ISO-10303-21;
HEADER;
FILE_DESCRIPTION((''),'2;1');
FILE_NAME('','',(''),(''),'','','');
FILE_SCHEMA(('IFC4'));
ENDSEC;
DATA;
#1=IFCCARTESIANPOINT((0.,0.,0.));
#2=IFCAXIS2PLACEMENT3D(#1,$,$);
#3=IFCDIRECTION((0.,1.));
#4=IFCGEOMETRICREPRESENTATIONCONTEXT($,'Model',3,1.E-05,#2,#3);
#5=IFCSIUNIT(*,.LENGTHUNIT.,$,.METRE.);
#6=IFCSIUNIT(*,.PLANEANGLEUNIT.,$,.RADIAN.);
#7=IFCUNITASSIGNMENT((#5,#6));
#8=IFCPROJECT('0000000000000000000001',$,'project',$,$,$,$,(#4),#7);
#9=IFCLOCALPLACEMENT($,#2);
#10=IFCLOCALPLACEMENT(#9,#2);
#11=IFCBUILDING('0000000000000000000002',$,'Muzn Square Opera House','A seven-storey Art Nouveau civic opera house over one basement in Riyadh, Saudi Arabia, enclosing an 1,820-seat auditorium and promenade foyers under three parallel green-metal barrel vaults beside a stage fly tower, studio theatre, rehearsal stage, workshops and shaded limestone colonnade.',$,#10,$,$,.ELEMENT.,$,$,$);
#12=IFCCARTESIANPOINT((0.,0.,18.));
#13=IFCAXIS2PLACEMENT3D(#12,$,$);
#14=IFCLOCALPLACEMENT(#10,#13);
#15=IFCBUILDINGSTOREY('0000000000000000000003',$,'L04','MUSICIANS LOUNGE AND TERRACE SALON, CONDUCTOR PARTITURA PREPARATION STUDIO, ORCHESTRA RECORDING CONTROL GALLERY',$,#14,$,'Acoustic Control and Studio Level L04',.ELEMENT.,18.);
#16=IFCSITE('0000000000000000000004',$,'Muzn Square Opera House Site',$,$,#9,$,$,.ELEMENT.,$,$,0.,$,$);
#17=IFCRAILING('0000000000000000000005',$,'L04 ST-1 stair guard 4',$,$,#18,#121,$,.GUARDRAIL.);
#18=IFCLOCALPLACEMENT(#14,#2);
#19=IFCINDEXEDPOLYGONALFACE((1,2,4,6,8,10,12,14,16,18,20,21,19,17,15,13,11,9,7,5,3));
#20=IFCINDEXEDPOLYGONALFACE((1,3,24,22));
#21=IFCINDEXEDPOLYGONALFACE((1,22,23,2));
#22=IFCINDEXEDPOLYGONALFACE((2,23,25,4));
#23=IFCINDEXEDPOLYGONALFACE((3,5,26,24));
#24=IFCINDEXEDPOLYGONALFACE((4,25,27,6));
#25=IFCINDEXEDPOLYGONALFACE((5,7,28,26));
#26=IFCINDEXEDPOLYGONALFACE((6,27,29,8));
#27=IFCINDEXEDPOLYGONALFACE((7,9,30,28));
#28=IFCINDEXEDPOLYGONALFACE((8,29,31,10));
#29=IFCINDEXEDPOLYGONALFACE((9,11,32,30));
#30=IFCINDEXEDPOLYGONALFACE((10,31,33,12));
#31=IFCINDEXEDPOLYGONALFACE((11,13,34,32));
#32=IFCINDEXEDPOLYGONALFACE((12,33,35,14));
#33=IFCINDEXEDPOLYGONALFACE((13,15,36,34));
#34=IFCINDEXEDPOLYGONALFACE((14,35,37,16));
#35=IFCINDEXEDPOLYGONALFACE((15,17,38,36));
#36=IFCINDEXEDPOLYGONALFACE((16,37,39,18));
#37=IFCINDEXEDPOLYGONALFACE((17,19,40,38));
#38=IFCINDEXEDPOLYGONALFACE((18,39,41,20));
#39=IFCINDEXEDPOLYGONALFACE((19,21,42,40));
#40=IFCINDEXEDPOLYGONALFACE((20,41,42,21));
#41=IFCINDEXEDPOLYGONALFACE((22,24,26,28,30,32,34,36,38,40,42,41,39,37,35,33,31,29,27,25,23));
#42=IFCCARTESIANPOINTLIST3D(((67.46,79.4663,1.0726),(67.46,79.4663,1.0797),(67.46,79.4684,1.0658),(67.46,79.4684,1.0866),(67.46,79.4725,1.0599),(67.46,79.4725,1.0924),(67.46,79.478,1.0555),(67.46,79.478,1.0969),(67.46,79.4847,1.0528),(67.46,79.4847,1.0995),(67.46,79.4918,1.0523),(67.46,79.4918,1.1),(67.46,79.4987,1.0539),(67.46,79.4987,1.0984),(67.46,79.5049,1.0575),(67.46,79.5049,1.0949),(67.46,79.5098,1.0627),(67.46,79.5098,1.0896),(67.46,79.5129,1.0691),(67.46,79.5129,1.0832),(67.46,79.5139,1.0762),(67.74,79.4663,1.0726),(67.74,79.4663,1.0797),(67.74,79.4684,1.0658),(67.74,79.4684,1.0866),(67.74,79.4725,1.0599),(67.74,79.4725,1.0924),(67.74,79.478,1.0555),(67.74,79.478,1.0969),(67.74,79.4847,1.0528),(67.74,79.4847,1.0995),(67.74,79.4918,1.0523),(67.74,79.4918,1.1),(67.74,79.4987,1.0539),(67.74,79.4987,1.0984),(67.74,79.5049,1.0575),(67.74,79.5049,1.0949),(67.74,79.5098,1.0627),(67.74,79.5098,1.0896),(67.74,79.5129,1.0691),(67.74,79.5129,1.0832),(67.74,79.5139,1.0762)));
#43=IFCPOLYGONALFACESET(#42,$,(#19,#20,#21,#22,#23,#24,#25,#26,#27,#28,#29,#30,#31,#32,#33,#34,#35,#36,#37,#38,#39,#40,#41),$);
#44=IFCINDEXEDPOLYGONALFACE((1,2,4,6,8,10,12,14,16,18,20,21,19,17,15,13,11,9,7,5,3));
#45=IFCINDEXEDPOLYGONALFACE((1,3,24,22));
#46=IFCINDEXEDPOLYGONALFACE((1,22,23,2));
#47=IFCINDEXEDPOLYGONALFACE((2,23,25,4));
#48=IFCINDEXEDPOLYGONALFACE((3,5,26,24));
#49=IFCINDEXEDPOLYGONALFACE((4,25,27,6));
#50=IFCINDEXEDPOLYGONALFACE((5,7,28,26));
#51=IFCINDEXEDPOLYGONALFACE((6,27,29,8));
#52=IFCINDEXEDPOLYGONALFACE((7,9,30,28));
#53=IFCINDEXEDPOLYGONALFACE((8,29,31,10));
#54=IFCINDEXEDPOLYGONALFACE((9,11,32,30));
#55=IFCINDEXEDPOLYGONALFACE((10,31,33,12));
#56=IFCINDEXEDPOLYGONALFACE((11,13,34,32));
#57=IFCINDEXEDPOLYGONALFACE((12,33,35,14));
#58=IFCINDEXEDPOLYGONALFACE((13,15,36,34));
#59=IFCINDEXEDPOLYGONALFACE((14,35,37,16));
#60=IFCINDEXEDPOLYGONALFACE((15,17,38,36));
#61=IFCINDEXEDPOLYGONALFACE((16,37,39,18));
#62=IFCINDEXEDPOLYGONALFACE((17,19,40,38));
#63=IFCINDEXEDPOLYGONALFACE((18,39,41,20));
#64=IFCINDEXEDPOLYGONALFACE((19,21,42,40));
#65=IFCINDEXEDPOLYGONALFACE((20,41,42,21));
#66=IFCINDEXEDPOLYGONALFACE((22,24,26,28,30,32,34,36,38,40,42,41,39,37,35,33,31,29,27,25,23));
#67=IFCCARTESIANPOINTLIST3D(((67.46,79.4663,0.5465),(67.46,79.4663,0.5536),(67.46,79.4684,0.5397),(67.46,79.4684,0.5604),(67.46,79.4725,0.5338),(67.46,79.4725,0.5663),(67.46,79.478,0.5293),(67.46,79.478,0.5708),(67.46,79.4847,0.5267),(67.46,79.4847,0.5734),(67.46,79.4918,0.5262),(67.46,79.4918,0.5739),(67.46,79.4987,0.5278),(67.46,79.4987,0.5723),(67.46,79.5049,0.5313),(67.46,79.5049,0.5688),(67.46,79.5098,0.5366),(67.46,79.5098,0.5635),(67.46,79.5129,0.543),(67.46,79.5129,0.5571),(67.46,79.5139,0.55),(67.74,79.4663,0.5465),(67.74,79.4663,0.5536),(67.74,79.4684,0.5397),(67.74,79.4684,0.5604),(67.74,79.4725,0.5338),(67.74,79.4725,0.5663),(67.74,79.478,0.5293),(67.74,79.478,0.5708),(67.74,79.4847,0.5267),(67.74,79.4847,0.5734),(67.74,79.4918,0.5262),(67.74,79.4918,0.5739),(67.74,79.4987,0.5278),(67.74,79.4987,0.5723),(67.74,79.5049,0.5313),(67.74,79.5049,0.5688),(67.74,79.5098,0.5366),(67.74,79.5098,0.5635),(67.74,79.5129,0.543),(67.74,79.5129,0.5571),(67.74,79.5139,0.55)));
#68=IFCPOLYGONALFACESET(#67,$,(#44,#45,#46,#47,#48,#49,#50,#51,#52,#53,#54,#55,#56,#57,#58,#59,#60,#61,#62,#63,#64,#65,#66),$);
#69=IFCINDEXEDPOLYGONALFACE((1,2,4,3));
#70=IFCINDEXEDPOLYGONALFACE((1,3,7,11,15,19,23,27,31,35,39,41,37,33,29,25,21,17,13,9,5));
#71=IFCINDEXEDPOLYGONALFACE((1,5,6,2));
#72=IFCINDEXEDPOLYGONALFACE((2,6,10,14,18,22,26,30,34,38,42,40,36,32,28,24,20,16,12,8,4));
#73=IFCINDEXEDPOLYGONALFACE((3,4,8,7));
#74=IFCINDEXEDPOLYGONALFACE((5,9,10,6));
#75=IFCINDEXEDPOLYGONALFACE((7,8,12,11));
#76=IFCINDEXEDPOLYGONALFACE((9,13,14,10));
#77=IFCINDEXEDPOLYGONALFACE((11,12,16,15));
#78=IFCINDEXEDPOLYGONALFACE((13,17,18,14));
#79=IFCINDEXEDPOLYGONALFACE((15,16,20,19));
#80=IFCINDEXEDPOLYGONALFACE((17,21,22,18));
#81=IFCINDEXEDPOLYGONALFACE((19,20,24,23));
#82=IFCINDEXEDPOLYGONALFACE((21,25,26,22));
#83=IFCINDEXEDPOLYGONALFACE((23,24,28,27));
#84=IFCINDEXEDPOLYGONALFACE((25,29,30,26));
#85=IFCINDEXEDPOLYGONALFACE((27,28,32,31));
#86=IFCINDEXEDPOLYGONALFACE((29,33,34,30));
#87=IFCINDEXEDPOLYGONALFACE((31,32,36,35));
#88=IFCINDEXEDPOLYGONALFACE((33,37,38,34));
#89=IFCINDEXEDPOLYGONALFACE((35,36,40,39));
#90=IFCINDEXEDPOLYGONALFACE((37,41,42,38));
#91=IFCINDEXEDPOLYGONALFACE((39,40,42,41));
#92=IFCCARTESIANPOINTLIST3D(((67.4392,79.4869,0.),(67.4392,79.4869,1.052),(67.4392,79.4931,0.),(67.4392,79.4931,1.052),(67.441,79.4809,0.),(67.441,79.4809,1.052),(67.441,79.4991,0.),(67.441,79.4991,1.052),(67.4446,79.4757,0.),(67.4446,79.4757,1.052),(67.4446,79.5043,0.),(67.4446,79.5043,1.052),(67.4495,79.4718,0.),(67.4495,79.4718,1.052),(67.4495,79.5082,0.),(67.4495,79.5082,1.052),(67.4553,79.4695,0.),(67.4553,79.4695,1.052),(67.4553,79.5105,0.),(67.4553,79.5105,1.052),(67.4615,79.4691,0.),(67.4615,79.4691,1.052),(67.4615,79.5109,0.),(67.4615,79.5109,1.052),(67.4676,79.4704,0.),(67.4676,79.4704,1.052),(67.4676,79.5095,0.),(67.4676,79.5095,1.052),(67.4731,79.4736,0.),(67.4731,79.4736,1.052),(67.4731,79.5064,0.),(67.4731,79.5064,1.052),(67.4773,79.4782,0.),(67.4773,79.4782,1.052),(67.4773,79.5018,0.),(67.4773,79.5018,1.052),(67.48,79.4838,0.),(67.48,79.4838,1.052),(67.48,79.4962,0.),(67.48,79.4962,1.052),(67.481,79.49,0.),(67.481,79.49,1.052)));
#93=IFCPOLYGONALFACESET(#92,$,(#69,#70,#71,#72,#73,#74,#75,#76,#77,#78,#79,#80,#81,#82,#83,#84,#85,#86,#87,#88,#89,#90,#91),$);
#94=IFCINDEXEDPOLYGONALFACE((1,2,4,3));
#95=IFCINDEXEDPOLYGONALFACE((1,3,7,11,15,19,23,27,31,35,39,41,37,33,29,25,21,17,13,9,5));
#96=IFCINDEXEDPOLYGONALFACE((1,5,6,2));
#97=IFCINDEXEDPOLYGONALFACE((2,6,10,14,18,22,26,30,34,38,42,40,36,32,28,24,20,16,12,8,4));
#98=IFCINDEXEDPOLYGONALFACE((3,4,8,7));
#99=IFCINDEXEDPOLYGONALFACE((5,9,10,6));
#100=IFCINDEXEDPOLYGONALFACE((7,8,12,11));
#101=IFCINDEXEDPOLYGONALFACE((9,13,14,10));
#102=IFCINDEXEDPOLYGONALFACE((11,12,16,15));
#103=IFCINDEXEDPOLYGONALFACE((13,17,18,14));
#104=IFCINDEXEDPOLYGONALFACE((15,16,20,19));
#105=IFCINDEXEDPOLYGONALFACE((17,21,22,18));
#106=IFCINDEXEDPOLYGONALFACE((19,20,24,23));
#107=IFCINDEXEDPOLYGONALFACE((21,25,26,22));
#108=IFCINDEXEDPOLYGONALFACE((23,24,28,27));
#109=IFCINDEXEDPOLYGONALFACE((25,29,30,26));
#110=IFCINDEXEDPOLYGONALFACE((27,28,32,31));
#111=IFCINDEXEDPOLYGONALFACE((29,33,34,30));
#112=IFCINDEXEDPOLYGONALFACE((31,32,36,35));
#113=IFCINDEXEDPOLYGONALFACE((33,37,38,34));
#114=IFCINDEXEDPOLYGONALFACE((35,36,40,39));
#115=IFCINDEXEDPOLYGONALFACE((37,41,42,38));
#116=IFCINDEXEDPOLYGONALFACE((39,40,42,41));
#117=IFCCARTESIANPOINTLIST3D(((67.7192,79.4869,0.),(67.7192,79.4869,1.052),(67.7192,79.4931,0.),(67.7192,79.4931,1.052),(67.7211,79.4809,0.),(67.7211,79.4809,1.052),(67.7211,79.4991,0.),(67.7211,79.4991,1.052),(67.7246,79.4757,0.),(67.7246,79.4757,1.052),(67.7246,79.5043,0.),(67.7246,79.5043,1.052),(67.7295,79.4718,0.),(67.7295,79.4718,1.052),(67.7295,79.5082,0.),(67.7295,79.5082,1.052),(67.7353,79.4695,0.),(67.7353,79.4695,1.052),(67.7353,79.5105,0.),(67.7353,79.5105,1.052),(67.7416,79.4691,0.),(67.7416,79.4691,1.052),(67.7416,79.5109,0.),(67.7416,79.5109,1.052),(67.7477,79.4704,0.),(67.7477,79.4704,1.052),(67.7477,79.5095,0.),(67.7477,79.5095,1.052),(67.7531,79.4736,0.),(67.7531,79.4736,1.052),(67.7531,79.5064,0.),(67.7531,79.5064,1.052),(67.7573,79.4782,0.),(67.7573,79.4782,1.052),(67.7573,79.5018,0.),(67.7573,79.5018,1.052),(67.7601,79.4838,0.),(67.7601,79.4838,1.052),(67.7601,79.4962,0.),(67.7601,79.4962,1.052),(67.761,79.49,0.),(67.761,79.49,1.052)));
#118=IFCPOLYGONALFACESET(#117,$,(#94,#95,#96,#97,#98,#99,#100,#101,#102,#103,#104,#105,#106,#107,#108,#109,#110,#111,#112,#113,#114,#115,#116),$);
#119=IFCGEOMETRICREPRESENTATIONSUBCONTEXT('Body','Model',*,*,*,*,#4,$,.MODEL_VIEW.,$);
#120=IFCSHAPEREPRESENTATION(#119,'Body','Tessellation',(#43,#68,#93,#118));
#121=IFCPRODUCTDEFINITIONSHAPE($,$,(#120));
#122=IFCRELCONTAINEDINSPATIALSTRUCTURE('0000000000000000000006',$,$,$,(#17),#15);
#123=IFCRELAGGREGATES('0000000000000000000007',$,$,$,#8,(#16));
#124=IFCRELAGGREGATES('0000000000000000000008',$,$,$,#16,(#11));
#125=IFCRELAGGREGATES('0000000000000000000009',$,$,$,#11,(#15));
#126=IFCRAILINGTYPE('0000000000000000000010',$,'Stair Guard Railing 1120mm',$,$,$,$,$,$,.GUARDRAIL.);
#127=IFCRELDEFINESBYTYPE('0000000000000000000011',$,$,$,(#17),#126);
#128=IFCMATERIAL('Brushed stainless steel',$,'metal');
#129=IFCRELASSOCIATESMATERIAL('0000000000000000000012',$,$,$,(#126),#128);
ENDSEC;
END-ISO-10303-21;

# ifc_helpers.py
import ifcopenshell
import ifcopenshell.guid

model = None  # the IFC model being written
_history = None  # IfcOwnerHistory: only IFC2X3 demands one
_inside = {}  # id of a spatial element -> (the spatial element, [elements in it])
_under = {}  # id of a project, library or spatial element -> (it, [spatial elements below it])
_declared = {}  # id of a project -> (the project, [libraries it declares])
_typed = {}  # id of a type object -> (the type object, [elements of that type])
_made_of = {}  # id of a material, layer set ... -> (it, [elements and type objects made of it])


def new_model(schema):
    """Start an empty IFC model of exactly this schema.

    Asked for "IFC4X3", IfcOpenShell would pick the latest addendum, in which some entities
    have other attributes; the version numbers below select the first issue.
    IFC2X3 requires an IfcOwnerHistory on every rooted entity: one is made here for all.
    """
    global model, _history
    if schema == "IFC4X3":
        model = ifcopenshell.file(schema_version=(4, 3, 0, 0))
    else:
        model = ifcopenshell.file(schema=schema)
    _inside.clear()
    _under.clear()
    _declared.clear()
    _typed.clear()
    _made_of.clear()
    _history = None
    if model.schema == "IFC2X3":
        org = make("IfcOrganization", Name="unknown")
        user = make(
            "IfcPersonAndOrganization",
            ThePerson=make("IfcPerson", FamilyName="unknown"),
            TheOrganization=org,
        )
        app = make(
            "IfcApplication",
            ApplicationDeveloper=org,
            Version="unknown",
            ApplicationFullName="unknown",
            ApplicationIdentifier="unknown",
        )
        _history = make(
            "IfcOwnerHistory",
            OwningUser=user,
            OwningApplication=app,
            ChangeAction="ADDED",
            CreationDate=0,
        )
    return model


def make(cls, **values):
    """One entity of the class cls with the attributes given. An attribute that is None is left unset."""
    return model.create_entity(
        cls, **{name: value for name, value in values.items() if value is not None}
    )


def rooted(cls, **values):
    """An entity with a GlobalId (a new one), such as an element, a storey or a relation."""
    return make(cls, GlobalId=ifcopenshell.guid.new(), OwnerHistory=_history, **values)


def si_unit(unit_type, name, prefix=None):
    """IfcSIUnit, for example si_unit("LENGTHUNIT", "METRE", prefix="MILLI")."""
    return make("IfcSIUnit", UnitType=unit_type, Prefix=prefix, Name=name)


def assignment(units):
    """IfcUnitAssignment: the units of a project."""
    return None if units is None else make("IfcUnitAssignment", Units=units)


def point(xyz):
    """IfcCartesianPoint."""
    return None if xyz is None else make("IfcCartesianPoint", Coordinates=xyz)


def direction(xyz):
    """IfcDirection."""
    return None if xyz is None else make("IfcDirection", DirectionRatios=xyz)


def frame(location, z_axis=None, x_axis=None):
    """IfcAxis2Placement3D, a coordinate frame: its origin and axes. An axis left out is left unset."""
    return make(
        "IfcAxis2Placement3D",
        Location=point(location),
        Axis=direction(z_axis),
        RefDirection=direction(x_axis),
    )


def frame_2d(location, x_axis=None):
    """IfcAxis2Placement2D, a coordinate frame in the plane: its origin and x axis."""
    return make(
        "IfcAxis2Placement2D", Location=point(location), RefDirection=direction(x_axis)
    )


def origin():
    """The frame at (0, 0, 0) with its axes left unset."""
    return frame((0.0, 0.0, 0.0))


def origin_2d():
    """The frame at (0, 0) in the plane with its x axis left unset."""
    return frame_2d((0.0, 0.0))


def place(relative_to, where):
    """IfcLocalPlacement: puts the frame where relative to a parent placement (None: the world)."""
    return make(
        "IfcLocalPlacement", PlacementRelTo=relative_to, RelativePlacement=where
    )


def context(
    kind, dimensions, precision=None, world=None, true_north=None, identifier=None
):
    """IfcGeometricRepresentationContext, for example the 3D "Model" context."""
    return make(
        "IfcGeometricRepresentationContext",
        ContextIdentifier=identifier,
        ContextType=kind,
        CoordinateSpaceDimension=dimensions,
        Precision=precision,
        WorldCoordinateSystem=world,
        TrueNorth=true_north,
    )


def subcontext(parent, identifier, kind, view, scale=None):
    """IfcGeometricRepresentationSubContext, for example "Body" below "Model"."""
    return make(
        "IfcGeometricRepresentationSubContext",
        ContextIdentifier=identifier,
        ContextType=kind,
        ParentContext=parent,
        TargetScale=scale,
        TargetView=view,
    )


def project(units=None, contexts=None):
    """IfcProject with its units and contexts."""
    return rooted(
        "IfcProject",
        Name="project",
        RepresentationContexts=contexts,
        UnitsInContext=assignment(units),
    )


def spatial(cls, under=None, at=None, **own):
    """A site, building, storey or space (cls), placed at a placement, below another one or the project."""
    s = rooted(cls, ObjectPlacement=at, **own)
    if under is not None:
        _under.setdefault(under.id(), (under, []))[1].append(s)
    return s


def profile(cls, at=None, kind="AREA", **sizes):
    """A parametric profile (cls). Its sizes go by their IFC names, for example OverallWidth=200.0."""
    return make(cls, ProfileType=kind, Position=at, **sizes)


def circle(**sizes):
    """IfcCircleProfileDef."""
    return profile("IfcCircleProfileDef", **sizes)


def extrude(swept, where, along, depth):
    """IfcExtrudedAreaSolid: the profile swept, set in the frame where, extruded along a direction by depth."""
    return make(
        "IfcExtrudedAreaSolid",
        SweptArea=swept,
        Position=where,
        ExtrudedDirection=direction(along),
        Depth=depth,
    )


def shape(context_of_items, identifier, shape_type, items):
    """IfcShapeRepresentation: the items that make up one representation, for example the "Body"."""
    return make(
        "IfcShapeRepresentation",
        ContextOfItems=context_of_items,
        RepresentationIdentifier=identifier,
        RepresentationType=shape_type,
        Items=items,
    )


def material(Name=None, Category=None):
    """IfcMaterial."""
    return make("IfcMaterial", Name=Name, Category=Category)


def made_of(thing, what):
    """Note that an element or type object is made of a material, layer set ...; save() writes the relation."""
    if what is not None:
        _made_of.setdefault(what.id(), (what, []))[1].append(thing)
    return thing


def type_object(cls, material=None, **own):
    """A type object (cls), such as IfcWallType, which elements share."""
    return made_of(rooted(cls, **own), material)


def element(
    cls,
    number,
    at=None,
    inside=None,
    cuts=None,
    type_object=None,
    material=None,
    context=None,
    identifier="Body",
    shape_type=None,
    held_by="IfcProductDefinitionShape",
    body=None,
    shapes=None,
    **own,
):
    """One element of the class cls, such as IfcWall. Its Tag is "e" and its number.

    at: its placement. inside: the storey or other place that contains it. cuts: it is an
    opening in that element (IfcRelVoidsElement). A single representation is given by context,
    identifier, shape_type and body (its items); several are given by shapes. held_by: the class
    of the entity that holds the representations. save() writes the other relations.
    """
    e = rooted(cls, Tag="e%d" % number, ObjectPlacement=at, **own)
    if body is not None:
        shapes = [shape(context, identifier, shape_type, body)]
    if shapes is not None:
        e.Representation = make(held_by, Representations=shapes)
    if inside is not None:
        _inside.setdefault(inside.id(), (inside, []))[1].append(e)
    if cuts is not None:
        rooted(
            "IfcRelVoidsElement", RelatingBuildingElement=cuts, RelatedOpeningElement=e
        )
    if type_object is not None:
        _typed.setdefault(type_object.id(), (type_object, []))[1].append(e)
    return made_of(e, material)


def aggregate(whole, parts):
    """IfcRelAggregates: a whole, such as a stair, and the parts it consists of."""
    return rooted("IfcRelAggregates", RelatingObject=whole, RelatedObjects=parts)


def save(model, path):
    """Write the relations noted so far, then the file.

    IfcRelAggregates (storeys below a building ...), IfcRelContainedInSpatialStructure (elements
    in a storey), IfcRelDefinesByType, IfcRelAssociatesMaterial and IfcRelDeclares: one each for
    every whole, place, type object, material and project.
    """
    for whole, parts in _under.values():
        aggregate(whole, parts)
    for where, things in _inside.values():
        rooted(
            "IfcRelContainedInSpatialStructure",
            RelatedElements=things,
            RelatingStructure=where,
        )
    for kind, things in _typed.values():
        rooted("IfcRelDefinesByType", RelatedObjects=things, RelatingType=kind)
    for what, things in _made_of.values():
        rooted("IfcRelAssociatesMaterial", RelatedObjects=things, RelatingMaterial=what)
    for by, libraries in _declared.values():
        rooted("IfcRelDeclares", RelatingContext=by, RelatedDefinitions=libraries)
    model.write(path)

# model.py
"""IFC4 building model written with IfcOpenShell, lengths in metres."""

from ifc_helpers import new_model, si_unit, direction, frame, origin, origin_2d, place, context, subcontext, project, spatial, circle, extrude, material, type_object, element, save


model = new_model("IFC4")

# Units and contexts
model_context = context("Model", 3, precision=1e-05, world=origin(), true_north=direction((0.0, 1.0)))
body_context = subcontext(model_context, "Body", "Model", "MODEL_VIEW")
ifc_project = project(units=[si_unit("LENGTHUNIT", "METRE"), si_unit("PLANEANGLEUNIT", "RADIAN")], contexts=[model_context])

# Site, building, storey
site_placement = place(None, origin())
site = spatial("IfcSite", under=ifc_project, at=site_placement, Name="Muzn Square Opera House Site", CompositionType="ELEMENT", RefElevation=0.0)
building_placement = place(site_placement, origin())
building = spatial("IfcBuilding", under=site, at=building_placement, Name="Muzn Square Opera House", Description="A seven-storey Art Nouveau civic opera house over one basement in Riyadh, Saudi Arabia, enclosing an 1,820-seat auditorium and promenade foyers under three parallel green-metal barrel vaults beside a stage fly tower, studio theatre, rehearsal stage, workshops and shaded limestone colonnade.", CompositionType="ELEMENT")
storey_placement = place(building_placement, frame((0.0, 0.0, 18.0)))
storey = spatial("IfcBuildingStorey", under=building, at=storey_placement, Name="L04", Description="MUSICIANS LOUNGE AND TERRACE SALON, CONDUCTOR PARTITURA PREPARATION STUDIO, ORCHESTRA RECORDING CONTROL GALLERY", LongName="Acoustic Control and Studio Level L04", CompositionType="ELEMENT", Elevation=18.0)

# Shared definitions
ifc_material_1 = material(Name="Brushed stainless steel", Category="metal")

# Railing
railing_type_1 = type_object("IfcRailingType", Name="Stair Guard Railing 1120mm", PredefinedType="GUARDRAIL", material=ifc_material_1)
railing_1_placement = place(storey_placement, frame((67.46, 79.49, 0.0)))
element("IfcRailing", 1, at=railing_1_placement, inside=storey, type_object=railing_type_1, Name="L04 ST-1 stair guard 4", PredefinedType="GUARDRAIL", context=body_context, shape_type="SweptSolid", body=[
    extrude(circle(Radius=0.0239, at=origin_2d()), frame((0.0, 0.0, 1.0762), z_axis=(1.0, 0.0, 0.0), x_axis=(0.0, 1.0, 0.0)), (0.0, 0.0, 1.0), 0.28),
    extrude(circle(Radius=0.0239, at=origin_2d()), frame((0.0, 0.0, 0.55), z_axis=(1.0, 0.0, 0.0), x_axis=(0.0, 1.0, 0.0)), (0.0, 0.0, 1.0), 0.28),
    extrude(circle(Radius=0.021, at=origin_2d()), origin(), (0.0, 0.0, 1.0), 1.052),
    extrude(circle(Radius=0.021, at=origin_2d()), frame((0.28, 0.0, 0.0)), (0.0, 0.0, 1.0), 1.052),
])

save(model, "model.ifc")
